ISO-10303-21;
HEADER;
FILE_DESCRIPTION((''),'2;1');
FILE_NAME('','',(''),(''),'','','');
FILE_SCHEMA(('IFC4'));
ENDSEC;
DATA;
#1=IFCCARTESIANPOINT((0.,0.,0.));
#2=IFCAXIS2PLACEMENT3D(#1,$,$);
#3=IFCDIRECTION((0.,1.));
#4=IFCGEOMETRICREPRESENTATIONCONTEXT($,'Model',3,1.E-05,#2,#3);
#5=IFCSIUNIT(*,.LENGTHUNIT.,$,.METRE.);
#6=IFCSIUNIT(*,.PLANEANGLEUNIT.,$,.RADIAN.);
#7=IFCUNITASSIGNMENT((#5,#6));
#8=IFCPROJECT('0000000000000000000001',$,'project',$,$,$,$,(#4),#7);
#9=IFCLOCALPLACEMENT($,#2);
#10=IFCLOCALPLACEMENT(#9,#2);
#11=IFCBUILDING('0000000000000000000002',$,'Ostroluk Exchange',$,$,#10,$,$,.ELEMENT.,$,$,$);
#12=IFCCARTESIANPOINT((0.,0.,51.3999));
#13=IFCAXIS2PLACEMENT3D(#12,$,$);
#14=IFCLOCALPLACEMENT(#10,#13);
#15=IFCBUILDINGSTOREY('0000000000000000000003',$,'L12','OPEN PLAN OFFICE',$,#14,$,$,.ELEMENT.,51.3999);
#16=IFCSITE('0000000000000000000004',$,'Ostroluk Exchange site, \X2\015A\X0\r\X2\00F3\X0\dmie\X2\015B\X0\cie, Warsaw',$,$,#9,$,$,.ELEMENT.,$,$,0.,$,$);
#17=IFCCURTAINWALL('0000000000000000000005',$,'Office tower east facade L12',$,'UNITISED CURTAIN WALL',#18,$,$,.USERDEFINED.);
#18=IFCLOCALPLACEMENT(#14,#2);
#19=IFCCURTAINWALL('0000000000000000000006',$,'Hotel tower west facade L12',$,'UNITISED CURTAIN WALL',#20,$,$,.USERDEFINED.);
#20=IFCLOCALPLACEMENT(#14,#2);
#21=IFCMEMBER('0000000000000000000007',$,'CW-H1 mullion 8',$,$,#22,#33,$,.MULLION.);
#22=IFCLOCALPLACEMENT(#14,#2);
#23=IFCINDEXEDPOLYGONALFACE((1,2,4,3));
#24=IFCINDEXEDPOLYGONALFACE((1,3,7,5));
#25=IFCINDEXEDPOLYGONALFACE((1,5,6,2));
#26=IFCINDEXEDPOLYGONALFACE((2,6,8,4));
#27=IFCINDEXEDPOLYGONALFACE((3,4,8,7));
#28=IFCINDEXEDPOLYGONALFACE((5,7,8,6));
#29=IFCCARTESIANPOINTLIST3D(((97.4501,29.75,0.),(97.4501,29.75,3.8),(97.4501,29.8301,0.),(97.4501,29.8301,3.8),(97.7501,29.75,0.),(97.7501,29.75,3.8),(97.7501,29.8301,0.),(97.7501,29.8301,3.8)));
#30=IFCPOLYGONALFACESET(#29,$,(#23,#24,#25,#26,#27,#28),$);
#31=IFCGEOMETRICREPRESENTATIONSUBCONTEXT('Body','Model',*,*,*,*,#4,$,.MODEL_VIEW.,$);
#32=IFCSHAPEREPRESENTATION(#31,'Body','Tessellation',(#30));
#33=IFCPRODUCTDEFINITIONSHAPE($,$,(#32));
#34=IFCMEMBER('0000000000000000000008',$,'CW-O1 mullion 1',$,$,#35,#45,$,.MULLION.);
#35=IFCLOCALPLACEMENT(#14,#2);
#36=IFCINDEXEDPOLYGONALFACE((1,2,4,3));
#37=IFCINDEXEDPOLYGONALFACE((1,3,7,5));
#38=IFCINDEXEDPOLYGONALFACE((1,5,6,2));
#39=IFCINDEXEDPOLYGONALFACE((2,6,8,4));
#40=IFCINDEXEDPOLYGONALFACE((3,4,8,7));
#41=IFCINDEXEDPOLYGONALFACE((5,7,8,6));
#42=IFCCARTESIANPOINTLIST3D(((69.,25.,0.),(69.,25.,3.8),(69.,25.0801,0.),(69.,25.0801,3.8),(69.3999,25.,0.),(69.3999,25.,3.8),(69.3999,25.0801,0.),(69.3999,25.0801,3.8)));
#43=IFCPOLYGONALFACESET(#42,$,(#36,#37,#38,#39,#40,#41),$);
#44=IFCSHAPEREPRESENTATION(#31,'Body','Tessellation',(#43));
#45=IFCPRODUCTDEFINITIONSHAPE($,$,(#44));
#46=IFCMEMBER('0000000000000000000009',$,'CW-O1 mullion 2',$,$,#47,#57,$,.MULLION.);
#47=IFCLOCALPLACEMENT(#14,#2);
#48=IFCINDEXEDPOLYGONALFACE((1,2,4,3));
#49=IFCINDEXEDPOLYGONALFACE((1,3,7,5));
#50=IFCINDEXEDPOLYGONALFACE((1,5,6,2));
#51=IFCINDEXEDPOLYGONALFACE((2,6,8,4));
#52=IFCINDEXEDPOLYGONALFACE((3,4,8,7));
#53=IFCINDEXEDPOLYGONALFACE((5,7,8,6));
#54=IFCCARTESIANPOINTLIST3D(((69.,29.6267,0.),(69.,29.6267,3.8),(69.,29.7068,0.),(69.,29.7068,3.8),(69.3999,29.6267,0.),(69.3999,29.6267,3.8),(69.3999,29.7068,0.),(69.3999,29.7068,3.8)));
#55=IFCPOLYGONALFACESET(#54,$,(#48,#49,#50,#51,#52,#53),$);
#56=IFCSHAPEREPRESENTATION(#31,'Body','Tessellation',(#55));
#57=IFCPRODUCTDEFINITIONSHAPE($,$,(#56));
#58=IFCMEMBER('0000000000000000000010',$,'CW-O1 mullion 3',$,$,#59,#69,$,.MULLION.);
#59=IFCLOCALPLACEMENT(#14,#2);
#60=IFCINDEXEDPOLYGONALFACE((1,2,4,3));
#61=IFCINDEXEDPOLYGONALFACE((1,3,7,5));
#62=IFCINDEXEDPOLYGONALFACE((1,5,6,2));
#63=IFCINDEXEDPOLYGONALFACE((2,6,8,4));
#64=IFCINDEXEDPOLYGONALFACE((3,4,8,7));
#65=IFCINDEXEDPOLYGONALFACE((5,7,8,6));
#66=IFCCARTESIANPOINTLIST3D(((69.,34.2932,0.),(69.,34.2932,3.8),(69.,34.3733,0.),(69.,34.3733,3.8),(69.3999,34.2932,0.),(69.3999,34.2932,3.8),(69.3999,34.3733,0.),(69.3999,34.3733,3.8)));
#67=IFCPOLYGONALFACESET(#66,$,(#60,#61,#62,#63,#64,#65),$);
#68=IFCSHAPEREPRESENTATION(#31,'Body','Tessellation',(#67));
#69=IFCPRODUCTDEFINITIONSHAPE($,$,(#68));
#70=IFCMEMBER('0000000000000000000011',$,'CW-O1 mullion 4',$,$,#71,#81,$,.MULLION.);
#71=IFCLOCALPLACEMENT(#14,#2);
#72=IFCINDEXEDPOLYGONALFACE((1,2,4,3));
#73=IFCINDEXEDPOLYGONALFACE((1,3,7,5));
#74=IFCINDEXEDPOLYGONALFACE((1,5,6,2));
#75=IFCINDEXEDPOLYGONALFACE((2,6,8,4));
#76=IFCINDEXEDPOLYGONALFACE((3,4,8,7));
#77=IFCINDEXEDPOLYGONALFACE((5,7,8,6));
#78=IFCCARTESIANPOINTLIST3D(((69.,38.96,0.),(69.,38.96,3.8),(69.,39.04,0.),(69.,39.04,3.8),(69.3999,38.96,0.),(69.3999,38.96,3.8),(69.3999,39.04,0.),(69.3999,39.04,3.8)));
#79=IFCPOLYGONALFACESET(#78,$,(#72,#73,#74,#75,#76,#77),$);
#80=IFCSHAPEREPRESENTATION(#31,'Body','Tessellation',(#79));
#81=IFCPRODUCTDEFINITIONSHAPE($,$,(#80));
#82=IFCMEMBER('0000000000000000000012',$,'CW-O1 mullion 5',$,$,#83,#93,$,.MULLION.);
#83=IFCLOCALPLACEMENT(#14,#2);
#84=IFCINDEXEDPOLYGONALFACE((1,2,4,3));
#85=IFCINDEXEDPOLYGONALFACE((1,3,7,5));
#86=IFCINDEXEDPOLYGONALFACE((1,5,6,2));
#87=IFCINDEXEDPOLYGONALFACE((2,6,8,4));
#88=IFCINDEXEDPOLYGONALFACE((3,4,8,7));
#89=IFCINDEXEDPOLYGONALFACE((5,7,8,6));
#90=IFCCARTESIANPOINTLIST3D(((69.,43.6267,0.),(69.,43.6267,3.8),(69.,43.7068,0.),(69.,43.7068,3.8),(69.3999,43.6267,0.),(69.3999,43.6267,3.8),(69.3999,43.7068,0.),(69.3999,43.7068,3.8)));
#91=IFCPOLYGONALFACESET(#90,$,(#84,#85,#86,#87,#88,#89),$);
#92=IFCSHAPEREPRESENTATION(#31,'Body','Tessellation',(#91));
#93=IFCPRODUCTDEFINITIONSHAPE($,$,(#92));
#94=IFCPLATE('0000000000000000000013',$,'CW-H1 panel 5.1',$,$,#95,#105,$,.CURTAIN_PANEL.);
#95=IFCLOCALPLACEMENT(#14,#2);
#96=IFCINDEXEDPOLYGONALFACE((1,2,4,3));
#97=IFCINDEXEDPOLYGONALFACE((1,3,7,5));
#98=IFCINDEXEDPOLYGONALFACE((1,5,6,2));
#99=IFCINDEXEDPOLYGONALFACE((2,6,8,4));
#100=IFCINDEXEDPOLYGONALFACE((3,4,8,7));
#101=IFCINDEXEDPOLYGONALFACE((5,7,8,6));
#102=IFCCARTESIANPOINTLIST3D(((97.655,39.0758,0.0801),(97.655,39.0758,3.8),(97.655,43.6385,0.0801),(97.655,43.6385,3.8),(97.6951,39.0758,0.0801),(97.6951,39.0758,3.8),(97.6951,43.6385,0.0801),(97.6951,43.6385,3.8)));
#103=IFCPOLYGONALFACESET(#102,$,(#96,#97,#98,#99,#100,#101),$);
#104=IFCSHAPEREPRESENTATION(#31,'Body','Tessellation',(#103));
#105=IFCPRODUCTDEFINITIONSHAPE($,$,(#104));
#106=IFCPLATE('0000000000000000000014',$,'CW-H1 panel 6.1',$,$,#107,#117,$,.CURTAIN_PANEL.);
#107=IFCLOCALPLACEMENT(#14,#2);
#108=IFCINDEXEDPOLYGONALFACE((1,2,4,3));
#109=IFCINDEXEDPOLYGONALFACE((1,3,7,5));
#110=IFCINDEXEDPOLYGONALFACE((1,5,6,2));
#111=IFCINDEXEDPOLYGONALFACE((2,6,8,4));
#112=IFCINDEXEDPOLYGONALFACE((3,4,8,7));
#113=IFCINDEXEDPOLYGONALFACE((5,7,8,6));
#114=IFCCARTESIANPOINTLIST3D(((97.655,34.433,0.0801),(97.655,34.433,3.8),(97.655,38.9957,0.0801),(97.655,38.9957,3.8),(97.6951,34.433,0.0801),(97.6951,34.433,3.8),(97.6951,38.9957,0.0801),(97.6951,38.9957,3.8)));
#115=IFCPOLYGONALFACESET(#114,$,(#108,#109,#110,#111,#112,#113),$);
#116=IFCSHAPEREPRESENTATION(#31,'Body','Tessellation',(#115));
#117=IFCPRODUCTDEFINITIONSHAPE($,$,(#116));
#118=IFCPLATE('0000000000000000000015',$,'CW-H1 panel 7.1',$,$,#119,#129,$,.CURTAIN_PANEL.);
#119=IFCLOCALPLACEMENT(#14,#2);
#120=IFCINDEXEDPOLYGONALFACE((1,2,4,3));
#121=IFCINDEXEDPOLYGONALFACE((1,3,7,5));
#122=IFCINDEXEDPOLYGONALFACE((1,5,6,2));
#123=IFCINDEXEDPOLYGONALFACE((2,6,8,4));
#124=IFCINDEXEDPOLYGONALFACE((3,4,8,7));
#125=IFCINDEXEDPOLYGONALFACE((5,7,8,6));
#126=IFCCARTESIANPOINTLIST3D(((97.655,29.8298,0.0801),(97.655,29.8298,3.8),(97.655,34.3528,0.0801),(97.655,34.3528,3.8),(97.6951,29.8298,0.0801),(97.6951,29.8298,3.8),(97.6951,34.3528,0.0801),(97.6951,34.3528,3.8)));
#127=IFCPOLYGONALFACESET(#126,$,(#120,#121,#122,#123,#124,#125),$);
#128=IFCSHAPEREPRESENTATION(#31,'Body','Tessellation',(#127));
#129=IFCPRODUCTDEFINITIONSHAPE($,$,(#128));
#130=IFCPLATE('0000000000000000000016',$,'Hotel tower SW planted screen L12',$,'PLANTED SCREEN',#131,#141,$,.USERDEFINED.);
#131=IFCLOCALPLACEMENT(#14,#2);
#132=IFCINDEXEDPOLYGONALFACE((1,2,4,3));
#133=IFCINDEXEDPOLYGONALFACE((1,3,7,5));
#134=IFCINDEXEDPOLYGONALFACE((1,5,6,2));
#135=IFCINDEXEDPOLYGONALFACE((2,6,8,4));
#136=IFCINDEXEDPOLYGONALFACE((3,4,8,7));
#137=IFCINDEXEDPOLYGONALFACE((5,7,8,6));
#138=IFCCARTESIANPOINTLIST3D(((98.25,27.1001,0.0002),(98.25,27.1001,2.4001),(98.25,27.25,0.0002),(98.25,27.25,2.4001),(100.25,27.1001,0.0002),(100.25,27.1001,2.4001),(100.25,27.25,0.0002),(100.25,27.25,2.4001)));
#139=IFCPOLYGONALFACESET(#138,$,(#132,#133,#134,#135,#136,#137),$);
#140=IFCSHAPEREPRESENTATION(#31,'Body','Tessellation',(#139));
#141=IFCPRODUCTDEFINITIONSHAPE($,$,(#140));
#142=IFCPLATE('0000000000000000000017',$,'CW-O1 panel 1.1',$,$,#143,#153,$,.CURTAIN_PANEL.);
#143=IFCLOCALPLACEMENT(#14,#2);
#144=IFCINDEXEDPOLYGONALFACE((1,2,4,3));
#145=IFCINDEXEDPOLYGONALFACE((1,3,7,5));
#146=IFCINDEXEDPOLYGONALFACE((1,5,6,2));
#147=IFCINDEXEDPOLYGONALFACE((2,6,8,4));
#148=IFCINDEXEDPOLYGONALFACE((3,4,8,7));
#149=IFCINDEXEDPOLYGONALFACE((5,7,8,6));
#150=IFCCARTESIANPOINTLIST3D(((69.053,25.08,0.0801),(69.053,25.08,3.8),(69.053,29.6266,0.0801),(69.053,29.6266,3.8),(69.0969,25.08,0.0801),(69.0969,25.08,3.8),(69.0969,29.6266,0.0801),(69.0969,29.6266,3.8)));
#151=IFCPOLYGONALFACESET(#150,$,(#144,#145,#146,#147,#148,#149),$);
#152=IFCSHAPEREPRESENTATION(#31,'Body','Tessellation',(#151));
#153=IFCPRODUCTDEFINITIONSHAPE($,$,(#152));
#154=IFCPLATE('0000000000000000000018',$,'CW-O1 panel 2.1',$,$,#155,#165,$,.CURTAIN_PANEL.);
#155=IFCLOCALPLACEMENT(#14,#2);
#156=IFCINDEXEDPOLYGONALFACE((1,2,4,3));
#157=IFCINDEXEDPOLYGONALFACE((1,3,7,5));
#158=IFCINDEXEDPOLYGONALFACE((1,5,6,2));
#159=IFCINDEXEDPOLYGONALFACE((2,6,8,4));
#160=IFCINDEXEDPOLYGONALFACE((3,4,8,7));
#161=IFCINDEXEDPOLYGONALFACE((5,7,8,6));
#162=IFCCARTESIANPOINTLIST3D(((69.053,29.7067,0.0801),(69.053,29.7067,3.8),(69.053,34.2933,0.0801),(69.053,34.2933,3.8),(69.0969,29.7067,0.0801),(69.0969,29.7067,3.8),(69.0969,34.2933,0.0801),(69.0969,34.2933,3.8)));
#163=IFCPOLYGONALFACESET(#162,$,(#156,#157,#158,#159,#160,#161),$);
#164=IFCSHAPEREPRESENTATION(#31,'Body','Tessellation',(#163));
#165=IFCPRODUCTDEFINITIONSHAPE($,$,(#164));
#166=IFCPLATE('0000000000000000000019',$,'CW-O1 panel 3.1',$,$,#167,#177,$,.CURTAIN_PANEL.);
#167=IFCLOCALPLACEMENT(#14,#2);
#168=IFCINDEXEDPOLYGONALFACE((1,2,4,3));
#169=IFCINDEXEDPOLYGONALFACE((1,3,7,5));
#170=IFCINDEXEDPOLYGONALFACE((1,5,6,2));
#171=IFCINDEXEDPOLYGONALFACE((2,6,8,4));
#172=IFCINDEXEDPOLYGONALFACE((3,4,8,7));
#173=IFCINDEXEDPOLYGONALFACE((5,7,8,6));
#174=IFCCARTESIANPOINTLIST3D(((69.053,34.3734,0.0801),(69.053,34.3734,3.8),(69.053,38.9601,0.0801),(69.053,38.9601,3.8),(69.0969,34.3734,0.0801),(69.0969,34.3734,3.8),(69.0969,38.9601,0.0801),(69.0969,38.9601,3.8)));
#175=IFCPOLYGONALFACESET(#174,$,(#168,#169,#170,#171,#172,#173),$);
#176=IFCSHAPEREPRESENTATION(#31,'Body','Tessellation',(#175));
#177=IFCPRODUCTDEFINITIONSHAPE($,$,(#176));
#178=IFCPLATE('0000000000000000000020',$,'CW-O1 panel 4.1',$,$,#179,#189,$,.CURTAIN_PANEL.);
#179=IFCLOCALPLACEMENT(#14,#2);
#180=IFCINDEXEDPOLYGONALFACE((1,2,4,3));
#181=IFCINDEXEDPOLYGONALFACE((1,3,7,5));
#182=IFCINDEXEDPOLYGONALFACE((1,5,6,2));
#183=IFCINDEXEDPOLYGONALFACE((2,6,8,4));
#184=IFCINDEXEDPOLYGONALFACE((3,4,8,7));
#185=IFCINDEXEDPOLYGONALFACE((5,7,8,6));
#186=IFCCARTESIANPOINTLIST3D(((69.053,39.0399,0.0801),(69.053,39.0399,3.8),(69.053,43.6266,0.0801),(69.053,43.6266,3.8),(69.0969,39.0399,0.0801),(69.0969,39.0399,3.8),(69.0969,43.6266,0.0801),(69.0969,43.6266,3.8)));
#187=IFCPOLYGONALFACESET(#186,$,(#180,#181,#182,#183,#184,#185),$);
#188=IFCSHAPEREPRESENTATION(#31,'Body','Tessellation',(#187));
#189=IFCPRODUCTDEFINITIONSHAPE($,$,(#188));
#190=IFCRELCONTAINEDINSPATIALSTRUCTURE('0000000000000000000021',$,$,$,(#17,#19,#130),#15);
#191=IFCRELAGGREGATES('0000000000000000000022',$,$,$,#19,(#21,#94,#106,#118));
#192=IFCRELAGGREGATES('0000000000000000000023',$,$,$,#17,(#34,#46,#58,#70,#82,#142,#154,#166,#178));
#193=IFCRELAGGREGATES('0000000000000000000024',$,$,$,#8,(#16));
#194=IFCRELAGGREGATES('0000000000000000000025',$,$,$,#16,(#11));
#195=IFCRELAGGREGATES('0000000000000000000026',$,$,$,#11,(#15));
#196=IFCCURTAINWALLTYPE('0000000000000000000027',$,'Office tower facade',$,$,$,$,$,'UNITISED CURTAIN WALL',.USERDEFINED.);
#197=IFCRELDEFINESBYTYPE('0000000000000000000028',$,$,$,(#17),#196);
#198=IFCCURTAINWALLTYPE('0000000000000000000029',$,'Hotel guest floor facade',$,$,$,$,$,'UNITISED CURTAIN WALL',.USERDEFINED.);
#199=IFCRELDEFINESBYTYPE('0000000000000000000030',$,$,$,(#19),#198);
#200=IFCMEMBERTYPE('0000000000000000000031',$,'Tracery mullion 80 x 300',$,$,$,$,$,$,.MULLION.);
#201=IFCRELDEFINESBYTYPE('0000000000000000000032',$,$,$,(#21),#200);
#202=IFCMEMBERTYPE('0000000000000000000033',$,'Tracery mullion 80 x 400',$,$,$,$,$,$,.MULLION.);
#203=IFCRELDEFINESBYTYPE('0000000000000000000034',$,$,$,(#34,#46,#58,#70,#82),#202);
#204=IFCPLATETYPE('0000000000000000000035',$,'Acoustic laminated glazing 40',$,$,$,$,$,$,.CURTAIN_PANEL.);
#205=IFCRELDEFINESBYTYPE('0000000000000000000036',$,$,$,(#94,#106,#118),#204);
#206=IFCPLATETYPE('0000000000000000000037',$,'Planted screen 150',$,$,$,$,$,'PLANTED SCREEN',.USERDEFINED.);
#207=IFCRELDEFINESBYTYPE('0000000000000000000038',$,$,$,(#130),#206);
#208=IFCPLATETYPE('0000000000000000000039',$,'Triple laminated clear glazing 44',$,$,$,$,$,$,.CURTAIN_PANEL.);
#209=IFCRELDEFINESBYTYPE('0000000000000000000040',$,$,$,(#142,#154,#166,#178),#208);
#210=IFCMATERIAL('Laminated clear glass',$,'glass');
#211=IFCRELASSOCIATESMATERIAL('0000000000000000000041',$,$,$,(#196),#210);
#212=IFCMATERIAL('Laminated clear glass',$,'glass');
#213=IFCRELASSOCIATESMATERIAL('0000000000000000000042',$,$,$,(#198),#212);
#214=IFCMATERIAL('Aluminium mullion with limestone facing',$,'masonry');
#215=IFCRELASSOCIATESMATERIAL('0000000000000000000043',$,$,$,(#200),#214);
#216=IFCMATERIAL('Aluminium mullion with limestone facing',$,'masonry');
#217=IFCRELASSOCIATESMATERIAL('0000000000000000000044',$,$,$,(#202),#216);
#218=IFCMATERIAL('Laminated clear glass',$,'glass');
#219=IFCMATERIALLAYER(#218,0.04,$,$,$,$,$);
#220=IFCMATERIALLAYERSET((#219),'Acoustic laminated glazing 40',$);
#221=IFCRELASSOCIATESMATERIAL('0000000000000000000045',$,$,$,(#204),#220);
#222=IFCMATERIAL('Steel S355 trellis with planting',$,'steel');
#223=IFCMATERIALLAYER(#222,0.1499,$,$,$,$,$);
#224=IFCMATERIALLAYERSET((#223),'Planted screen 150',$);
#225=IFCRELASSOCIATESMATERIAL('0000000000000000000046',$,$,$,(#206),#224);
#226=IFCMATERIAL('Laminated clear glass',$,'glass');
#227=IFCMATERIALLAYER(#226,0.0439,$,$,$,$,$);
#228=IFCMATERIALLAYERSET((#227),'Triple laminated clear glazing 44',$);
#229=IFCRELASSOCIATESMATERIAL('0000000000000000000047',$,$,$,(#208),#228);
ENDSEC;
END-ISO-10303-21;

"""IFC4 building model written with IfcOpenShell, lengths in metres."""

from ifc_helpers import new_model, si_unit, direction, frame, origin, origin_2d, place, context, subcontext, project, spatial, rectangle, extrude, material, layer, layer_set, material_profile, profile_set, type_object, element, aggregate, save


model = new_model("IFC4")

# Units and contexts
model_context = context("Model", 3, precision=1e-05, world=origin(), true_north=direction((0.0, 1.0)))
body_context = subcontext(model_context, "Body", "Model", "MODEL_VIEW")
ifc_project = project(units=[si_unit("LENGTHUNIT", "METRE"), si_unit("PLANEANGLEUNIT", "RADIAN")], contexts=[model_context])

# Site, building, storey
site_placement = place(None, origin())
site = spatial("IfcSite", under=ifc_project, at=site_placement, Name="Ostroluk Exchange site, Śródmieście, Warsaw", CompositionType="ELEMENT", RefElevation=0.0)
building_placement = place(site_placement, origin())
building = spatial("IfcBuilding", under=site, at=building_placement, Name="Ostroluk Exchange", CompositionType="ELEMENT")
storey_placement = place(building_placement, frame((0.0, 0.0, 51.3999)))
storey = spatial("IfcBuildingStorey", under=building, at=storey_placement, Name="L12", Description="OPEN PLAN OFFICE", CompositionType="ELEMENT", Elevation=51.3999)

# Curtain walls, member
ifc_material_1 = material(Name="Laminated clear glass", Category="glass")
curtain_wall_type_1 = type_object("IfcCurtainWallType", Name="Office tower facade", ElementType="UNITISED CURTAIN WALL", PredefinedType="USERDEFINED", material=ifc_material_1)
curtain_wall_1_placement = place(storey_placement, origin())
curtain_wall_1 = element("IfcCurtainWall", 1, at=curtain_wall_1_placement, inside=storey, type_object=curtain_wall_type_1, Name="Office tower east facade L12", ObjectType="UNITISED CURTAIN WALL", PredefinedType="USERDEFINED")
ifc_material_2 = material(Name="Laminated clear glass", Category="glass")
curtain_wall_type_2 = type_object("IfcCurtainWallType", Name="Hotel guest floor facade", ElementType="UNITISED CURTAIN WALL", PredefinedType="USERDEFINED", material=ifc_material_2)
curtain_wall_2_placement = place(storey_placement, origin())
curtain_wall_2 = element("IfcCurtainWall", 2, at=curtain_wall_2_placement, inside=storey, type_object=curtain_wall_type_2, Name="Hotel tower west facade L12", ObjectType="UNITISED CURTAIN WALL", PredefinedType="USERDEFINED")
ifc_material_3 = material(Name="Aluminium mullion with limestone facing", Category="masonry")
ifc_material_profile_1 = material_profile(ifc_material_3, rectangle(XDim=0.3, YDim=0.0801, at=origin_2d()), Name="Tracery mullion 80 x 300")
ifc_profile_set_1 = profile_set([ifc_material_profile_1], Name="Aluminium mullion with limestone facing")
member_type_1 = type_object("IfcMemberType", Name="Tracery mullion 80 x 300", PredefinedType="MULLION", material=ifc_profile_set_1)
member_1_placement = place(storey_placement, frame((97.6001, 29.79, 0.0), z_axis=(0.0, 0.0, 1.0), x_axis=(1.0, 0.0, 0.0)))
member_1 = element("IfcMember", 3, at=member_1_placement, type_object=member_type_1, Name="CW-H1 mullion 8", PredefinedType="MULLION", context=body_context, shape_type="SweptSolid", body=[
    extrude(rectangle(XDim=0.3, YDim=0.0801, at=origin_2d()), origin(), (0.0, 0.0, 1.0), 3.8),
])

# Members
ifc_material_4 = material(Name="Aluminium mullion with limestone facing", Category="masonry")
ifc_material_profile_2 = material_profile(ifc_material_4, rectangle(XDim=0.3999, YDim=0.0801, at=origin_2d()), Name="Tracery mullion 80 x 400")
ifc_profile_set_2 = profile_set([ifc_material_profile_2], Name="Aluminium mullion with limestone facing")
member_type_2 = type_object("IfcMemberType", Name="Tracery mullion 80 x 400", PredefinedType="MULLION", material=ifc_profile_set_2)
member_2_placement = place(storey_placement, frame((69.2, 25.04, 0.0), z_axis=(0.0, 0.0, 1.0), x_axis=(-1.0, 0.0, 0.0)))
member_2 = element("IfcMember", 4, at=member_2_placement, type_object=member_type_2, Name="CW-O1 mullion 1", PredefinedType="MULLION", context=body_context, shape_type="SweptSolid", body=[
    extrude(rectangle(XDim=0.3999, YDim=0.0801, at=origin_2d()), origin(), (0.0, 0.0, 1.0), 3.8),
])
member_3_placement = place(storey_placement, frame((69.2, 29.6667, 0.0), z_axis=(0.0, 0.0, 1.0), x_axis=(-1.0, 0.0, 0.0)))
member_3 = element("IfcMember", 5, at=member_3_placement, type_object=member_type_2, Name="CW-O1 mullion 2", PredefinedType="MULLION", context=body_context, shape_type="SweptSolid", body=[
    extrude(rectangle(XDim=0.3999, YDim=0.0801, at=origin_2d()), origin(), (0.0, 0.0, 1.0), 3.8),
])
member_4_placement = place(storey_placement, frame((69.2, 34.3333, 0.0), z_axis=(0.0, 0.0, 1.0), x_axis=(-1.0, 0.0, 0.0)))
member_4 = element("IfcMember", 6, at=member_4_placement, type_object=member_type_2, Name="CW-O1 mullion 3", PredefinedType="MULLION", context=body_context, shape_type="SweptSolid", body=[
    extrude(rectangle(XDim=0.3999, YDim=0.0801, at=origin_2d()), origin(), (0.0, 0.0, 1.0), 3.8),
])
member_5_placement = place(storey_placement, frame((69.2, 39.0, 0.0), z_axis=(0.0, 0.0, 1.0), x_axis=(-1.0, 0.0, 0.0)))
member_5 = element("IfcMember", 7, at=member_5_placement, type_object=member_type_2, Name="CW-O1 mullion 4", PredefinedType="MULLION", context=body_context, shape_type="SweptSolid", body=[
    extrude(rectangle(XDim=0.3999, YDim=0.0801, at=origin_2d()), origin(), (0.0, 0.0, 1.0), 3.8),
])
member_6_placement = place(storey_placement, frame((69.2, 43.6667, 0.0), z_axis=(0.0, 0.0, 1.0), x_axis=(-1.0, 0.0, 0.0)))
member_6 = element("IfcMember", 8, at=member_6_placement, type_object=member_type_2, Name="CW-O1 mullion 5", PredefinedType="MULLION", context=body_context, shape_type="SweptSolid", body=[
    extrude(rectangle(XDim=0.3999, YDim=0.0801, at=origin_2d()), origin(), (0.0, 0.0, 1.0), 3.8),
])

# Plates
ifc_material_5 = material(Name="Laminated clear glass", Category="glass")
ifc_layer_1 = layer(ifc_material_5, 0.04)
ifc_layer_set_1 = layer_set([ifc_layer_1], Name="Acoustic laminated glazing 40")
plate_type_1 = type_object("IfcPlateType", Name="Acoustic laminated glazing 40", PredefinedType="CURTAIN_PANEL", material=ifc_layer_set_1)
plate_1_placement = place(storey_placement, frame((97.675, 41.3572, 0.0801), z_axis=(0.0, 0.0, 1.0), x_axis=(0.0, -1.0, 0.0)))
plate_1 = element("IfcPlate", 9, at=plate_1_placement, type_object=plate_type_1, Name="CW-H1 panel 5.1", PredefinedType="CURTAIN_PANEL", context=body_context, shape_type="SweptSolid", body=[
    extrude(rectangle(XDim=4.5627, YDim=0.04, at=origin_2d()), origin(), (0.0, 0.0, 1.0), 3.72),
])
plate_2_placement = place(storey_placement, frame((97.675, 36.7144, 0.0801), z_axis=(0.0, 0.0, 1.0), x_axis=(0.0, -1.0, 0.0)))
plate_2 = element("IfcPlate", 10, at=plate_2_placement, type_object=plate_type_1, Name="CW-H1 panel 6.1", PredefinedType="CURTAIN_PANEL", context=body_context, shape_type="SweptSolid", body=[
    extrude(rectangle(XDim=4.5627, YDim=0.04, at=origin_2d()), origin(), (0.0, 0.0, 1.0), 3.72),
])
plate_3_placement = place(storey_placement, frame((97.675, 32.0913, 0.0801), z_axis=(0.0, 0.0, 1.0), x_axis=(0.0, -1.0, 0.0)))
plate_3 = element("IfcPlate", 11, at=plate_3_placement, type_object=plate_type_1, Name="CW-H1 panel 7.1", PredefinedType="CURTAIN_PANEL", context=body_context, shape_type="SweptSolid", body=[
    extrude(rectangle(XDim=4.5229, YDim=0.04, at=origin_2d()), origin(), (0.0, 0.0, 1.0), 3.72),
])
aggregate(curtain_wall_2, [member_1, plate_1, plate_2, plate_3])
ifc_material_6 = material(Name="Steel S355 trellis with planting", Category="steel")
ifc_layer_2 = layer(ifc_material_6, 0.1499)
ifc_layer_set_2 = layer_set([ifc_layer_2], Name="Planted screen 150")
plate_type_2 = type_object("IfcPlateType", Name="Planted screen 150", ElementType="PLANTED SCREEN", PredefinedType="USERDEFINED", material=ifc_layer_set_2)
plate_4_placement = place(storey_placement, frame((99.25, 27.175, 0.0002), z_axis=(0.0, 0.0, 1.0), x_axis=(1.0, 0.0, 0.0)))
element("IfcPlate", 12, at=plate_4_placement, inside=storey, type_object=plate_type_2, Name="Hotel tower SW planted screen L12", ObjectType="PLANTED SCREEN", PredefinedType="USERDEFINED", context=body_context, shape_type="SweptSolid", body=[
    extrude(rectangle(XDim=2.0, YDim=0.1499, at=origin_2d()), origin(), (0.0, 0.0, 1.0), 2.3999),
])
ifc_material_7 = material(Name="Laminated clear glass", Category="glass")
ifc_layer_3 = layer(ifc_material_7, 0.0439)
ifc_layer_set_3 = layer_set([ifc_layer_3], Name="Triple laminated clear glazing 44")
plate_type_3 = type_object("IfcPlateType", Name="Triple laminated clear glazing 44", PredefinedType="CURTAIN_PANEL", material=ifc_layer_set_3)
plate_5_placement = place(storey_placement, frame((69.075, 27.3533, 0.0801), z_axis=(0.0, 0.0, 1.0), x_axis=(0.0, 1.0, 0.0)))
plate_5 = element("IfcPlate", 13, at=plate_5_placement, type_object=plate_type_3, Name="CW-O1 panel 1.1", PredefinedType="CURTAIN_PANEL", context=body_context, shape_type="SweptSolid", body=[
    extrude(rectangle(XDim=4.5466, YDim=0.0439, at=origin_2d()), origin(), (0.0, 0.0, 1.0), 3.72),
])
plate_6_placement = place(storey_placement, frame((69.075, 32.0, 0.0801), z_axis=(0.0, 0.0, 1.0), x_axis=(0.0, 1.0, 0.0)))
plate_6 = element("IfcPlate", 14, at=plate_6_placement, type_object=plate_type_3, Name="CW-O1 panel 2.1", PredefinedType="CURTAIN_PANEL", context=body_context, shape_type="SweptSolid", body=[
    extrude(rectangle(XDim=4.5867, YDim=0.0439, at=origin_2d()), origin(), (0.0, 0.0, 1.0), 3.72),
])
plate_7_placement = place(storey_placement, frame((69.075, 36.6667, 0.0801), z_axis=(0.0, 0.0, 1.0), x_axis=(0.0, 1.0, 0.0)))
plate_7 = element("IfcPlate", 15, at=plate_7_placement, type_object=plate_type_3, Name="CW-O1 panel 3.1", PredefinedType="CURTAIN_PANEL", context=body_context, shape_type="SweptSolid", body=[
    extrude(rectangle(XDim=4.5867, YDim=0.0439, at=origin_2d()), origin(), (0.0, 0.0, 1.0), 3.72),
])
plate_8_placement = place(storey_placement, frame((69.075, 41.3333, 0.0801), z_axis=(0.0, 0.0, 1.0), x_axis=(0.0, 1.0, 0.0)))
plate_8 = element("IfcPlate", 16, at=plate_8_placement, type_object=plate_type_3, Name="CW-O1 panel 4.1", PredefinedType="CURTAIN_PANEL", context=body_context, shape_type="SweptSolid", body=[
    extrude(rectangle(XDim=4.5867, YDim=0.0439, at=origin_2d()), origin(), (0.0, 0.0, 1.0), 3.72),
])
aggregate(curtain_wall_1, [member_2, member_3, member_4, member_5, member_6, plate_5, plate_6, plate_7, plate_8])

save(model, "model.ifc")
